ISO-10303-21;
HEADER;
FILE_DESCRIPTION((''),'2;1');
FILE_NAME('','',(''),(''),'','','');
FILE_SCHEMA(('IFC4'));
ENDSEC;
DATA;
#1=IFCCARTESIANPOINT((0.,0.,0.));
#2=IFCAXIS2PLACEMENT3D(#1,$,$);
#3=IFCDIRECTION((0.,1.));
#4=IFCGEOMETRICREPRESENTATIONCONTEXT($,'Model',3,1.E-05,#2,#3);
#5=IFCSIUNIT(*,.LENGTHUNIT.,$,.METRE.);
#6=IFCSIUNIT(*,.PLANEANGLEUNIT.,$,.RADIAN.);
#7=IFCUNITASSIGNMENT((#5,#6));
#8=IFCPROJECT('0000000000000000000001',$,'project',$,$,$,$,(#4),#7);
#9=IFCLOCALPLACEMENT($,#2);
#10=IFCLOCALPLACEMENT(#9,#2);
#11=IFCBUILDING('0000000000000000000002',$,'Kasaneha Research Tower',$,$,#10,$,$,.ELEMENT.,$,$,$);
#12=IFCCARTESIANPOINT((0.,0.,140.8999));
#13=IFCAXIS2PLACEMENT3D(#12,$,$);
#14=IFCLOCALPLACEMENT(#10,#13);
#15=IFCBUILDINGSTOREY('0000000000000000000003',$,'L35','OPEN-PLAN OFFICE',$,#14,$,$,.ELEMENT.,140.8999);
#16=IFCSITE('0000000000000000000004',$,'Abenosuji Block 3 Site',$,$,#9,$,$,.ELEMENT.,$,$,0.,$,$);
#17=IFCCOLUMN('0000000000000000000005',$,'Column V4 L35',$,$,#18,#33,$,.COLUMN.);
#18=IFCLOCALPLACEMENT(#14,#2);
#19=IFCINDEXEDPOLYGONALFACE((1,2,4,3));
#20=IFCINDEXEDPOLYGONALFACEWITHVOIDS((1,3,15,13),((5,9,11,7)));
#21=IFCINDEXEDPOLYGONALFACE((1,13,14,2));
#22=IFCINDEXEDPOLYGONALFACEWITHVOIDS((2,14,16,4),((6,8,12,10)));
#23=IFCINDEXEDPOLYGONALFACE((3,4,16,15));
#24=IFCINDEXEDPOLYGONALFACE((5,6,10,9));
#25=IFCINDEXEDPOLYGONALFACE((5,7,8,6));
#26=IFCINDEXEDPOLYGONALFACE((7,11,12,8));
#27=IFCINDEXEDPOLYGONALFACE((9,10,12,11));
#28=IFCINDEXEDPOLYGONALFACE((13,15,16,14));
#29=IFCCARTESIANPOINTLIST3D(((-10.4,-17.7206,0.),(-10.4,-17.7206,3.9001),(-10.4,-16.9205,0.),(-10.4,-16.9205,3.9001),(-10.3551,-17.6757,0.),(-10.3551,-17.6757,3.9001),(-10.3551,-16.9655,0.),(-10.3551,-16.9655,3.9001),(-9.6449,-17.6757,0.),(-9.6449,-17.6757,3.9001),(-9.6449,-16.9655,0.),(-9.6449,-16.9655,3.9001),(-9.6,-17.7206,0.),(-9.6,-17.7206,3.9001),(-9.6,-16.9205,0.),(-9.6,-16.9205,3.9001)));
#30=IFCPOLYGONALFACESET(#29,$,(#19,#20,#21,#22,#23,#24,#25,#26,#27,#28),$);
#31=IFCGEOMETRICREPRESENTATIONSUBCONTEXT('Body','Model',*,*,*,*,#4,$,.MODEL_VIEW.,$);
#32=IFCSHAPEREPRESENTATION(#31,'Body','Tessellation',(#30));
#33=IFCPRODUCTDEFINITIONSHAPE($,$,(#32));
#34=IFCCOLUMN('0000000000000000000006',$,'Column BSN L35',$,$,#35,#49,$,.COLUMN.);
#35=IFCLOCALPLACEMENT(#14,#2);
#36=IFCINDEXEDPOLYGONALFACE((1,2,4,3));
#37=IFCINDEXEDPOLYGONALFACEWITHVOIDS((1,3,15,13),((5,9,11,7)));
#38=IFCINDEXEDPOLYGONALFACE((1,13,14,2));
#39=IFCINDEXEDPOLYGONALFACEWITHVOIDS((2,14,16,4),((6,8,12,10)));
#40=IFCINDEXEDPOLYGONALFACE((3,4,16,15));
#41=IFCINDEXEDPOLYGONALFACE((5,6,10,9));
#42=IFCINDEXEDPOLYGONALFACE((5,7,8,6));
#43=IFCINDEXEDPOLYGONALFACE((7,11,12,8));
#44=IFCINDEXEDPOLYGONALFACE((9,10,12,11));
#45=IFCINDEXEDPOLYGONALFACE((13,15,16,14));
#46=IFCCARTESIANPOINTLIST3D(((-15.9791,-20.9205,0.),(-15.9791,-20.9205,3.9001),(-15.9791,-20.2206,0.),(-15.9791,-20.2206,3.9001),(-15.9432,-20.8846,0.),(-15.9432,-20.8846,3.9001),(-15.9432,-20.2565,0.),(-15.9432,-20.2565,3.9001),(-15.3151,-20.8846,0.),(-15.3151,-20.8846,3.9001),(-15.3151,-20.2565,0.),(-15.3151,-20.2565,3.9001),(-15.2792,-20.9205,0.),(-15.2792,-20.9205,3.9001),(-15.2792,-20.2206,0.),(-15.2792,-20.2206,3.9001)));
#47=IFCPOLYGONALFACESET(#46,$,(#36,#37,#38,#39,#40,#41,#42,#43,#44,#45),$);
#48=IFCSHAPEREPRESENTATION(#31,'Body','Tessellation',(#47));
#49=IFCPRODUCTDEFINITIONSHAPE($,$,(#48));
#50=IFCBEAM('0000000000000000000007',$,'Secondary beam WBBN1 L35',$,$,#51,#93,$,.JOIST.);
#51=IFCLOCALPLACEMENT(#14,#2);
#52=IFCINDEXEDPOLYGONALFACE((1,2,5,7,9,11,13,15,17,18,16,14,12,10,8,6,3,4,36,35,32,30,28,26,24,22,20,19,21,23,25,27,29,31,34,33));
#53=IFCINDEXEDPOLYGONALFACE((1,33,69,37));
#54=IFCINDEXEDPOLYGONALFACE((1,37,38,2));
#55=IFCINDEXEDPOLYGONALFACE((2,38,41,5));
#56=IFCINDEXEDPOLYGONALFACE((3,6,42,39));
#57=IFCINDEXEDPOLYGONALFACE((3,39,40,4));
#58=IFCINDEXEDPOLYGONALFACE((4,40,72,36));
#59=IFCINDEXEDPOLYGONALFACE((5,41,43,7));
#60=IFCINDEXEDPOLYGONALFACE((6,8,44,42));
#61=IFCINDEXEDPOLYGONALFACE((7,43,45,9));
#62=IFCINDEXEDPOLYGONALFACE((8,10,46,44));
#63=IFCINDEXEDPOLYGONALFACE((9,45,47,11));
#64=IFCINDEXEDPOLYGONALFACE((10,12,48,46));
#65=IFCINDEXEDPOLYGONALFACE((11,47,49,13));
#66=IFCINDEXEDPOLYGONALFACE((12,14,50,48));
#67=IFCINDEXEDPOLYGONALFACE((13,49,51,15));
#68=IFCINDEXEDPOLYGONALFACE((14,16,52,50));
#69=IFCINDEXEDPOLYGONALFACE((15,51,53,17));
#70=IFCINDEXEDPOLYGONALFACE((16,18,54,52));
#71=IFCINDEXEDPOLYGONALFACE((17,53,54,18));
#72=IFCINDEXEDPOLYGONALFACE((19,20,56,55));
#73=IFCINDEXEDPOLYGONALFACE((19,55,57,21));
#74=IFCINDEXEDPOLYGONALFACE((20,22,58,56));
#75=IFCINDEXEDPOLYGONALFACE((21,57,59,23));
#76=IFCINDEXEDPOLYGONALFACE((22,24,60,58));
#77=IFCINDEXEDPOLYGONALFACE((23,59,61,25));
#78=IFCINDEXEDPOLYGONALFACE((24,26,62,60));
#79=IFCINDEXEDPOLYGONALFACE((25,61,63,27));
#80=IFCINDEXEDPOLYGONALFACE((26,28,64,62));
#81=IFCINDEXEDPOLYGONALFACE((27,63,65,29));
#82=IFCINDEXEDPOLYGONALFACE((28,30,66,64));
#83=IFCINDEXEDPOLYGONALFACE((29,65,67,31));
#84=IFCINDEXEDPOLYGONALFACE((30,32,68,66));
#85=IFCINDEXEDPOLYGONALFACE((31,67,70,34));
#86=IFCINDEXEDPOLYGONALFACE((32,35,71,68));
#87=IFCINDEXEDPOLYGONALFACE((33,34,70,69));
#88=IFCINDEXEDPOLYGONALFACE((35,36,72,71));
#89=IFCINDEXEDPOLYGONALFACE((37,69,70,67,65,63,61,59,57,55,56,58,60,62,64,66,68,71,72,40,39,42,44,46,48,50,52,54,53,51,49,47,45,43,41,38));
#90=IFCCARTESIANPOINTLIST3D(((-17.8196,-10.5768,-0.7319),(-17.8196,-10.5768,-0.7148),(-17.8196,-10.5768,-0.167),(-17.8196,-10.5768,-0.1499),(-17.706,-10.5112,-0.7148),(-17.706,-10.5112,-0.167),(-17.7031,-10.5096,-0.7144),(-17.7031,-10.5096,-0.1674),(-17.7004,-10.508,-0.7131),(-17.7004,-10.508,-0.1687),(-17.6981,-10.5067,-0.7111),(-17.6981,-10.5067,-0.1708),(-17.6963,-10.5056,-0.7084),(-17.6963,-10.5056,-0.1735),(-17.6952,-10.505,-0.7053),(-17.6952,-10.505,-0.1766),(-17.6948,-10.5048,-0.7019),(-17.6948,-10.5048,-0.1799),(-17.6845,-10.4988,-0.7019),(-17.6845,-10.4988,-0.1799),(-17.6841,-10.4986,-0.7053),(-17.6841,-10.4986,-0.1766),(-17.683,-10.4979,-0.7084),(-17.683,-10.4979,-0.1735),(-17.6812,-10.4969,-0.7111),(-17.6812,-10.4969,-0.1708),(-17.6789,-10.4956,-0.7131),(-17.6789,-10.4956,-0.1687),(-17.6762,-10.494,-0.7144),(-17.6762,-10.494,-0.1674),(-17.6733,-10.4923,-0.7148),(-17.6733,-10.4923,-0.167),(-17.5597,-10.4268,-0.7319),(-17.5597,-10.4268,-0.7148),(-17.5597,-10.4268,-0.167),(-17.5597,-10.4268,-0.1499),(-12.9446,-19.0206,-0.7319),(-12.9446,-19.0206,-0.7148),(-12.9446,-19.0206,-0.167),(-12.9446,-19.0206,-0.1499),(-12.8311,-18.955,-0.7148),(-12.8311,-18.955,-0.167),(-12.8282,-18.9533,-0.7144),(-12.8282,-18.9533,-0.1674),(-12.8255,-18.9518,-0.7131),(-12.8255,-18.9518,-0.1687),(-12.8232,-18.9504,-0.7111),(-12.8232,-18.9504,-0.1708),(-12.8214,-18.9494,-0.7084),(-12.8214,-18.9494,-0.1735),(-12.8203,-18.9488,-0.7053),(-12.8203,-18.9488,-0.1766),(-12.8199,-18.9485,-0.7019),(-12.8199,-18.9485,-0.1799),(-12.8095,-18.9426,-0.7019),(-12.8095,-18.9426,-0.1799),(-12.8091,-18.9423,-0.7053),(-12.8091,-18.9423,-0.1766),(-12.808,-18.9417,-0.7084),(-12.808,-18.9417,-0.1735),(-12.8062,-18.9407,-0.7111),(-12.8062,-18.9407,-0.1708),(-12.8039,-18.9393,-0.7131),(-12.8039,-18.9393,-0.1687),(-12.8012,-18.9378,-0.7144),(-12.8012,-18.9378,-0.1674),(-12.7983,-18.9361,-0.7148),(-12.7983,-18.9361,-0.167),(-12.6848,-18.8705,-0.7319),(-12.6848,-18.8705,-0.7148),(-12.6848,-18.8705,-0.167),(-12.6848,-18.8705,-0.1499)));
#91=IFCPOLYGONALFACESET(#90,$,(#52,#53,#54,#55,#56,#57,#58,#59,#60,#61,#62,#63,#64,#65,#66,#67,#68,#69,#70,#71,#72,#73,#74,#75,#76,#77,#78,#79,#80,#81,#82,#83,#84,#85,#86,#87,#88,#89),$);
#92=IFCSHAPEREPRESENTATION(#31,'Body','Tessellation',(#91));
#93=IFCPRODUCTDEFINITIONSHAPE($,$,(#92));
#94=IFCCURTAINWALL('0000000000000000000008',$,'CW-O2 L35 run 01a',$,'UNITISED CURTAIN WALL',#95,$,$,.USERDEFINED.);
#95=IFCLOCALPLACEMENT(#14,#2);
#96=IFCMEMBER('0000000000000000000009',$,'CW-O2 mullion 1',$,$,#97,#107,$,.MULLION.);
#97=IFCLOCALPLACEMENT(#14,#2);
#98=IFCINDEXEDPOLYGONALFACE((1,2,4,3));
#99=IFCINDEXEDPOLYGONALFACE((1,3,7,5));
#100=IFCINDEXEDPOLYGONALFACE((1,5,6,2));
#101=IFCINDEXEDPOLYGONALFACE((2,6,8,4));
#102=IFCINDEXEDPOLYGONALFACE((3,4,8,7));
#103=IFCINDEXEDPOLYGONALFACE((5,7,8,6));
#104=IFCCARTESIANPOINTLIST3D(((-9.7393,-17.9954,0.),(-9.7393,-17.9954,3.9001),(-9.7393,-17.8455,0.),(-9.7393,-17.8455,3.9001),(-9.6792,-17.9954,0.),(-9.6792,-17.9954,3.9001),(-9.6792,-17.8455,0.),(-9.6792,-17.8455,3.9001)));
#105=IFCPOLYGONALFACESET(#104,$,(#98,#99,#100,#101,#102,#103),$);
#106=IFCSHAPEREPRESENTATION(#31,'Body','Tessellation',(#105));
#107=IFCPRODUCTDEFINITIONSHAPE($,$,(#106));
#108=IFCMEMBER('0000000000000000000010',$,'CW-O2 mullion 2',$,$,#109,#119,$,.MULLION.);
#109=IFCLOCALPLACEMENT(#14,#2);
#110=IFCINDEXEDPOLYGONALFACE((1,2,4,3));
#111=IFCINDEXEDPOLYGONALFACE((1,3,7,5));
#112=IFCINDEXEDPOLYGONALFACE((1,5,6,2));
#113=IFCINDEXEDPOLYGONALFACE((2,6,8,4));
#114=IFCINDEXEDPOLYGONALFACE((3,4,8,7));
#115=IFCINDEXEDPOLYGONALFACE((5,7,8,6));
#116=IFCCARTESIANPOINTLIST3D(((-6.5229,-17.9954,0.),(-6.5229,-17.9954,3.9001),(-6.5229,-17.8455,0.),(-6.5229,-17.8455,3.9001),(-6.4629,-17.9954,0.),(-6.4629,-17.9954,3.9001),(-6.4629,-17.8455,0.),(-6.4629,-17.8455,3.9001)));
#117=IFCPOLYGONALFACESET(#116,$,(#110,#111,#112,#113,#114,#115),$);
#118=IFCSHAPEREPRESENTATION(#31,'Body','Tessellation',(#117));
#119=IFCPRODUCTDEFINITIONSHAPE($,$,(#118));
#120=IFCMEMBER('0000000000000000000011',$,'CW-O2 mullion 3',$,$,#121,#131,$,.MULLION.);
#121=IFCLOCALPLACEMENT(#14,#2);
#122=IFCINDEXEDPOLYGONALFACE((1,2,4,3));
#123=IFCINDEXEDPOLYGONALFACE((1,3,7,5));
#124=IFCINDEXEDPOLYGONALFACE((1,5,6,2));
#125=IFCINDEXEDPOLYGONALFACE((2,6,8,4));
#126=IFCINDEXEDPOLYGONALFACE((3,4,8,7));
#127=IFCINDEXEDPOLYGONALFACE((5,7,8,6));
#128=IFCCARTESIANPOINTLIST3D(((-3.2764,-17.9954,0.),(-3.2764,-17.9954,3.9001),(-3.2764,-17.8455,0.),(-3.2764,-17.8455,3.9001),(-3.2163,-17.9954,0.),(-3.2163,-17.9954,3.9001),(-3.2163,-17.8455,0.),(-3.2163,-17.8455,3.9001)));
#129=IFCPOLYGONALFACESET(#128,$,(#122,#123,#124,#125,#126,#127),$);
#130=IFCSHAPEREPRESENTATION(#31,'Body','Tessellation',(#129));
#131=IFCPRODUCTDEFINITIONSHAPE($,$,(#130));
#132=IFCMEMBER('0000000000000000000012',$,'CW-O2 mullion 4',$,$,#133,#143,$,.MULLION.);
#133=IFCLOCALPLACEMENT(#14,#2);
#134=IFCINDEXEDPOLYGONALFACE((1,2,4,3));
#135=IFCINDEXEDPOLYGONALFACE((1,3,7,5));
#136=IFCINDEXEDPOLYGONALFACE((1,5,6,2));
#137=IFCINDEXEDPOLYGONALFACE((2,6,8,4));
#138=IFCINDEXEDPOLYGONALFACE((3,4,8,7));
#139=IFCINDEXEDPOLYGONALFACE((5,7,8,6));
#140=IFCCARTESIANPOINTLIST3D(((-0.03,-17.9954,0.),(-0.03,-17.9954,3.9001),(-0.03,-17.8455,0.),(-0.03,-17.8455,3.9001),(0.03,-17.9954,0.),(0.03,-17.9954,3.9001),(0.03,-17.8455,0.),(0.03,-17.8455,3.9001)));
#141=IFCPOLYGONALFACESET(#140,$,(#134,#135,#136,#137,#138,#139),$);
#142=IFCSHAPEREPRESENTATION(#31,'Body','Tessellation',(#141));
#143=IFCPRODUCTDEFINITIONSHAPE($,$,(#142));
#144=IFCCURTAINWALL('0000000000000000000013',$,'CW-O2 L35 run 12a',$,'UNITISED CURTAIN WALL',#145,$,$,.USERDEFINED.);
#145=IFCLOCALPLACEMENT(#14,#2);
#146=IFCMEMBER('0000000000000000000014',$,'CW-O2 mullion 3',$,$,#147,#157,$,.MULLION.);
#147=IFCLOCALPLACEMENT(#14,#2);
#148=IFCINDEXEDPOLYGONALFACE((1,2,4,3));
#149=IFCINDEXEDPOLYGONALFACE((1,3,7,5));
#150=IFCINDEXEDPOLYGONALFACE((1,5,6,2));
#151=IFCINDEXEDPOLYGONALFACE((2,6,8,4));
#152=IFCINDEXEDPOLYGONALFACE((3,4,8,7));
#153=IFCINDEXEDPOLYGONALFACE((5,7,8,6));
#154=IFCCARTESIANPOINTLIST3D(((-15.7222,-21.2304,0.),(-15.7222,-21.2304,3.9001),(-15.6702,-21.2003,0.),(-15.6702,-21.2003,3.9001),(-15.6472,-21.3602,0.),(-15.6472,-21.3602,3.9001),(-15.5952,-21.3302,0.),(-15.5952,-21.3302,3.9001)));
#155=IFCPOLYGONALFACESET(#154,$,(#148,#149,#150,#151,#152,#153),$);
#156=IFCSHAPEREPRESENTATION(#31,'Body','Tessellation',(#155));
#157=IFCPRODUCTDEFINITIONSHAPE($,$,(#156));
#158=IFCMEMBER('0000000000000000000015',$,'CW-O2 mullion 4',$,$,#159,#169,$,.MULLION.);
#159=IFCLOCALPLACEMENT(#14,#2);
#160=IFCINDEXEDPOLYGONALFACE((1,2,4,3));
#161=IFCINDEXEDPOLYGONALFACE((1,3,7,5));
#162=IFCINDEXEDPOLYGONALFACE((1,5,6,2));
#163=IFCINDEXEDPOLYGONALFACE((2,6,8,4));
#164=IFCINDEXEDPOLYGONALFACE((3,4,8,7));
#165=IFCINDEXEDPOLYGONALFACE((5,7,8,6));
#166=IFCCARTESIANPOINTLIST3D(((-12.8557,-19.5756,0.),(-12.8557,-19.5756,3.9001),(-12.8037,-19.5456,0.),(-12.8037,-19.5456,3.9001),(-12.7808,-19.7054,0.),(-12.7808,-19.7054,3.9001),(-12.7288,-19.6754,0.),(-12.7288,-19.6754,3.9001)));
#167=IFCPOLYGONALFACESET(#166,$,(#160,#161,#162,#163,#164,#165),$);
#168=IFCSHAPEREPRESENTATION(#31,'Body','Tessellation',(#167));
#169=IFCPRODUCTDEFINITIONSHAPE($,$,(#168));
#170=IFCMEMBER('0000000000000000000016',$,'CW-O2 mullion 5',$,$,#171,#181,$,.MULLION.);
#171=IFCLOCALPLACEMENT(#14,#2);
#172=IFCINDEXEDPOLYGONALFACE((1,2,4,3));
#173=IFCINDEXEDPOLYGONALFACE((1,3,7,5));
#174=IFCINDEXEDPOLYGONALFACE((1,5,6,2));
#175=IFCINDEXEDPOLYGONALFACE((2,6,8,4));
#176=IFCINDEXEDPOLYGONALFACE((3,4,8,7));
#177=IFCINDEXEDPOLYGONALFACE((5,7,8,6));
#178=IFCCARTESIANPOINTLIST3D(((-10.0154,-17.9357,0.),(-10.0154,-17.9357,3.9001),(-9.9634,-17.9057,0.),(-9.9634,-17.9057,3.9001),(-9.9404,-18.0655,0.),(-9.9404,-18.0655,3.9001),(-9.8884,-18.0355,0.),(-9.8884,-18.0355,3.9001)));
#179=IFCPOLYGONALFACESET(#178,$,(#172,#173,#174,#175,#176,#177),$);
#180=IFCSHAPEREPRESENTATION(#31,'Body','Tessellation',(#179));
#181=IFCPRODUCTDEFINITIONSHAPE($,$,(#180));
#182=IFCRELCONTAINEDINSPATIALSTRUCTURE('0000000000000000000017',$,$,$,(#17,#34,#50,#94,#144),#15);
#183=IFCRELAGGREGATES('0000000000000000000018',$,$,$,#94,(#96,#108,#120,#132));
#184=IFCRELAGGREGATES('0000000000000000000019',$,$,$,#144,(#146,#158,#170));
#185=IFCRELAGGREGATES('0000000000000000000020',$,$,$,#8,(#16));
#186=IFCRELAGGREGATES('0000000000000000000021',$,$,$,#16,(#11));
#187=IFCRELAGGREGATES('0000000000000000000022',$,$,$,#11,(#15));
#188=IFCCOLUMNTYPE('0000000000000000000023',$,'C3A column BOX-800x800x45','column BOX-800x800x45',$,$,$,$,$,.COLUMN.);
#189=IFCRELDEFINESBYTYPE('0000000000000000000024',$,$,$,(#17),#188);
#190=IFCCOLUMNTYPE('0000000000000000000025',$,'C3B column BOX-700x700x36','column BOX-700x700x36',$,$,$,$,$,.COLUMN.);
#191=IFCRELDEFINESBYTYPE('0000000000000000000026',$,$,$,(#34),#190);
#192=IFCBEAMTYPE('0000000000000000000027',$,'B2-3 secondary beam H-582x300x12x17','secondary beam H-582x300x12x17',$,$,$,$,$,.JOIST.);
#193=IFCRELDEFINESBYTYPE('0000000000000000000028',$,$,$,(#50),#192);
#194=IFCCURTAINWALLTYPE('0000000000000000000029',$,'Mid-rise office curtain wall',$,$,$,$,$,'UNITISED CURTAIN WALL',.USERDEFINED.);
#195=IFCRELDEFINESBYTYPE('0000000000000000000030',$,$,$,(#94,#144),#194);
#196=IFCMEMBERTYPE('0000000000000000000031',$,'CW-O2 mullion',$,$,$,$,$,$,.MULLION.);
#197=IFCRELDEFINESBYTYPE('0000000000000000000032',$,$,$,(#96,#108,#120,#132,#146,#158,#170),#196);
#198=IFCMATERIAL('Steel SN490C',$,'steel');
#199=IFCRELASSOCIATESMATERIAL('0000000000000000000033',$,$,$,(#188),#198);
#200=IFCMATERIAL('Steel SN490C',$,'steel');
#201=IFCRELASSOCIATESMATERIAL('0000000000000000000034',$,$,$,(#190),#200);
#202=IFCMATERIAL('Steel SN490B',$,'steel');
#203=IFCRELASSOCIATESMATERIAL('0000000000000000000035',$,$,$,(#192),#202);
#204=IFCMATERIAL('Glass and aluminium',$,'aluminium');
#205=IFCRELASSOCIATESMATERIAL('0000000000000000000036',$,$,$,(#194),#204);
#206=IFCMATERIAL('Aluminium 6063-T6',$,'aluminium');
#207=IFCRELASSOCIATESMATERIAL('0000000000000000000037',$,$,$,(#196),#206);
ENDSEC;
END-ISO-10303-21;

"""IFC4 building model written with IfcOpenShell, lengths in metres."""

from ifc_helpers import new_model, si_unit, direction, frame, origin, origin_2d, place, context, subcontext, project, spatial, rectangle, hollow_rectangle, i_section, extrude, material, material_profile, profile_set, type_object, element, aggregate, save


model = new_model("IFC4")

# Units and contexts
model_context = context("Model", 3, precision=1e-05, world=origin(), true_north=direction((0.0, 1.0)))
body_context = subcontext(model_context, "Body", "Model", "MODEL_VIEW")
ifc_project = project(units=[si_unit("LENGTHUNIT", "METRE"), si_unit("PLANEANGLEUNIT", "RADIAN")], contexts=[model_context])

# Site, building, storey
site_placement = place(None, origin())
site = spatial("IfcSite", under=ifc_project, at=site_placement, Name="Abenosuji Block 3 Site", CompositionType="ELEMENT", RefElevation=0.0)
building_placement = place(site_placement, origin())
building = spatial("IfcBuilding", under=site, at=building_placement, Name="Kasaneha Research Tower", CompositionType="ELEMENT")
storey_placement = place(building_placement, frame((0.0, 0.0, 140.8999)))
storey = spatial("IfcBuildingStorey", under=building, at=storey_placement, Name="L35", Description="OPEN-PLAN OFFICE", CompositionType="ELEMENT", Elevation=140.8999)

# Columns
ifc_material_1 = material(Name="Steel SN490C", Category="steel")
ifc_material_profile_1 = material_profile(ifc_material_1, hollow_rectangle(XDim=0.8, YDim=0.8, WallThickness=0.0449, at=origin_2d()), Name="BOX-800x800x45")
ifc_profile_set_1 = profile_set([ifc_material_profile_1], Name="Steel SN490C")
column_type_1 = type_object("IfcColumnType", Name="C3A column BOX-800x800x45", Description="column BOX-800x800x45", PredefinedType="COLUMN", material=ifc_profile_set_1)
column_1_placement = place(storey_placement, frame((-10.0, -17.3206, 0.0), z_axis=(0.0, 0.0, 1.0), x_axis=(1.0, 0.0, 0.0)))
element("IfcColumn", 1, at=column_1_placement, inside=storey, type_object=column_type_1, Name="Column V4 L35", PredefinedType="COLUMN", context=body_context, shape_type="SweptSolid", body=[
    extrude(hollow_rectangle(XDim=0.8, YDim=0.8, WallThickness=0.0449, at=origin_2d()), origin(), (0.0, 0.0, 1.0), 3.9001),
])
ifc_material_2 = material(Name="Steel SN490C", Category="steel")
ifc_material_profile_2 = material_profile(ifc_material_2, hollow_rectangle(XDim=0.7, YDim=0.7, WallThickness=0.0359, at=origin_2d()), Name="BOX-700x700x36")
ifc_profile_set_2 = profile_set([ifc_material_profile_2], Name="Steel SN490C")
column_type_2 = type_object("IfcColumnType", Name="C3B column BOX-700x700x36", Description="column BOX-700x700x36", PredefinedType="COLUMN", material=ifc_profile_set_2)
column_2_placement = place(storey_placement, frame((-15.6292, -20.5706, 0.0), z_axis=(0.0, 0.0, 1.0), x_axis=(1.0, 0.0, 0.0)))
element("IfcColumn", 2, at=column_2_placement, inside=storey, type_object=column_type_2, Name="Column BSN L35", PredefinedType="COLUMN", context=body_context, shape_type="SweptSolid", body=[
    extrude(hollow_rectangle(XDim=0.7, YDim=0.7, WallThickness=0.0359, at=origin_2d()), origin(), (0.0, 0.0, 1.0), 3.9001),
])

# Beam
ifc_material_3 = material(Name="Steel SN490B", Category="steel")
ifc_material_profile_3 = material_profile(ifc_material_3, i_section(OverallWidth=0.3, OverallDepth=0.582, WebThickness=0.012, FlangeThickness=0.0171, FilletRadius=0.0129, at=origin_2d()), Name="H-582x300x12x17")
ifc_profile_set_3 = profile_set([ifc_material_profile_3], Name="Steel SN490B")
beam_type_1 = type_object("IfcBeamType", Name="B2-3 secondary beam H-582x300x12x17", Description="secondary beam H-582x300x12x17", PredefinedType="JOIST", material=ifc_profile_set_3)
beam_1_placement = place(storey_placement, frame((-12.8147, -18.9456, -0.4409), z_axis=(-0.499996, 0.866028, 0.0), x_axis=(-0.866028, -0.499996, 0.0)))
element("IfcBeam", 3, at=beam_1_placement, inside=storey, type_object=beam_type_1, Name="Secondary beam WBBN1 L35", PredefinedType="JOIST", context=body_context, shape_type="SweptSolid", body=[
    extrude(i_section(OverallWidth=0.3, OverallDepth=0.582, WebThickness=0.012, FlangeThickness=0.0171, FilletRadius=0.0129, at=origin_2d()), origin(), (0.0, 0.0, 1.0), 9.75),
])

# Curtain walls, members
ifc_material_4 = material(Name="Glass and aluminium", Category="aluminium")
curtain_wall_type = type_object("IfcCurtainWallType", Name="Mid-rise office curtain wall", ElementType="UNITISED CURTAIN WALL", PredefinedType="USERDEFINED", material=ifc_material_4)
curtain_wall_1_placement = place(storey_placement, origin())
curtain_wall_1 = element("IfcCurtainWall", 4, at=curtain_wall_1_placement, inside=storey, type_object=curtain_wall_type, Name="CW-O2 L35 run 01a", ObjectType="UNITISED CURTAIN WALL", PredefinedType="USERDEFINED")
ifc_material_5 = material(Name="Aluminium 6063-T6", Category="aluminium")
ifc_material_profile_4 = material_profile(ifc_material_5, rectangle(XDim=0.0601, YDim=0.1499, at=origin_2d()), Name="CW-O2 mullion 60x150")
ifc_profile_set_4 = profile_set([ifc_material_profile_4], Name="Aluminium 6063-T6")
member_type_1 = type_object("IfcMemberType", Name="CW-O2 mullion", PredefinedType="MULLION", material=ifc_profile_set_4)
member_1_placement = place(storey_placement, frame((-9.7092, -17.9204, 0.0), z_axis=(0.0, 0.0, 1.0), x_axis=(1.0, 0.0, 0.0)))
member_1 = element("IfcMember", 5, at=member_1_placement, type_object=member_type_1, Name="CW-O2 mullion 1", PredefinedType="MULLION", context=body_context, shape_type="SweptSolid", body=[
    extrude(rectangle(XDim=0.0601, YDim=0.1499, at=origin_2d()), origin(), (0.0, 0.0, 1.0), 3.9001),
])
member_2_placement = place(storey_placement, frame((-6.4929, -17.9204, 0.0), z_axis=(0.0, 0.0, 1.0), x_axis=(1.0, 0.0, 0.0)))
member_2 = element("IfcMember", 6, at=member_2_placement, type_object=member_type_1, Name="CW-O2 mullion 2", PredefinedType="MULLION", context=body_context, shape_type="SweptSolid", body=[
    extrude(rectangle(XDim=0.0601, YDim=0.1499, at=origin_2d()), origin(), (0.0, 0.0, 1.0), 3.9001),
])
member_3_placement = place(storey_placement, frame((-3.2463, -17.9204, 0.0), z_axis=(0.0, 0.0, 1.0), x_axis=(1.0, 0.0, 0.0)))
member_3 = element("IfcMember", 7, at=member_3_placement, type_object=member_type_1, Name="CW-O2 mullion 3", PredefinedType="MULLION", context=body_context, shape_type="SweptSolid", body=[
    extrude(rectangle(XDim=0.0601, YDim=0.1499, at=origin_2d()), origin(), (0.0, 0.0, 1.0), 3.9001),
])
member_4_placement = place(storey_placement, frame((0.0, -17.9204, 0.0), z_axis=(0.0, 0.0, 1.0), x_axis=(1.0, 0.0, 0.0)))
member_4 = element("IfcMember", 8, at=member_4_placement, type_object=member_type_1, Name="CW-O2 mullion 4", PredefinedType="MULLION", context=body_context, shape_type="SweptSolid", body=[
    extrude(rectangle(XDim=0.0601, YDim=0.1499, at=origin_2d()), origin(), (0.0, 0.0, 1.0), 3.9001),
])
curtain_wall_2_placement = place(storey_placement, origin())
curtain_wall_2 = element("IfcCurtainWall", 9, at=curtain_wall_2_placement, inside=storey, type_object=curtain_wall_type, Name="CW-O2 L35 run 12a", ObjectType="UNITISED CURTAIN WALL", PredefinedType="USERDEFINED")
member_5_placement = place(storey_placement, frame((-15.6587, -21.2803, 0.0), z_axis=(0.0, 0.0, 1.0), x_axis=(0.866025, 0.5, 0.0)))
member_5 = element("IfcMember", 10, at=member_5_placement, type_object=member_type_1, Name="CW-O2 mullion 3", PredefinedType="MULLION", context=body_context, shape_type="SweptSolid", body=[
    extrude(rectangle(XDim=0.0601, YDim=0.1499, at=origin_2d()), origin(), (0.0, 0.0, 1.0), 3.9001),
])
member_6_placement = place(storey_placement, frame((-12.7922, -19.6255, 0.0), z_axis=(0.0, 0.0, 1.0), x_axis=(0.866025, 0.5, 0.0)))
member_6 = element("IfcMember", 11, at=member_6_placement, type_object=member_type_1, Name="CW-O2 mullion 4", PredefinedType="MULLION", context=body_context, shape_type="SweptSolid", body=[
    extrude(rectangle(XDim=0.0601, YDim=0.1499, at=origin_2d()), origin(), (0.0, 0.0, 1.0), 3.9001),
])
member_7_placement = place(storey_placement, frame((-9.9519, -17.9856, 0.0), z_axis=(0.0, 0.0, 1.0), x_axis=(0.866025, 0.5, 0.0)))
member_7 = element("IfcMember", 12, at=member_7_placement, type_object=member_type_1, Name="CW-O2 mullion 5", PredefinedType="MULLION", context=body_context, shape_type="SweptSolid", body=[
    extrude(rectangle(XDim=0.0601, YDim=0.1499, at=origin_2d()), origin(), (0.0, 0.0, 1.0), 3.9001),
])

aggregate(curtain_wall_1, [member_1, member_2, member_3, member_4])
aggregate(curtain_wall_2, [member_5, member_6, member_7])

save(model, "model.ifc")
